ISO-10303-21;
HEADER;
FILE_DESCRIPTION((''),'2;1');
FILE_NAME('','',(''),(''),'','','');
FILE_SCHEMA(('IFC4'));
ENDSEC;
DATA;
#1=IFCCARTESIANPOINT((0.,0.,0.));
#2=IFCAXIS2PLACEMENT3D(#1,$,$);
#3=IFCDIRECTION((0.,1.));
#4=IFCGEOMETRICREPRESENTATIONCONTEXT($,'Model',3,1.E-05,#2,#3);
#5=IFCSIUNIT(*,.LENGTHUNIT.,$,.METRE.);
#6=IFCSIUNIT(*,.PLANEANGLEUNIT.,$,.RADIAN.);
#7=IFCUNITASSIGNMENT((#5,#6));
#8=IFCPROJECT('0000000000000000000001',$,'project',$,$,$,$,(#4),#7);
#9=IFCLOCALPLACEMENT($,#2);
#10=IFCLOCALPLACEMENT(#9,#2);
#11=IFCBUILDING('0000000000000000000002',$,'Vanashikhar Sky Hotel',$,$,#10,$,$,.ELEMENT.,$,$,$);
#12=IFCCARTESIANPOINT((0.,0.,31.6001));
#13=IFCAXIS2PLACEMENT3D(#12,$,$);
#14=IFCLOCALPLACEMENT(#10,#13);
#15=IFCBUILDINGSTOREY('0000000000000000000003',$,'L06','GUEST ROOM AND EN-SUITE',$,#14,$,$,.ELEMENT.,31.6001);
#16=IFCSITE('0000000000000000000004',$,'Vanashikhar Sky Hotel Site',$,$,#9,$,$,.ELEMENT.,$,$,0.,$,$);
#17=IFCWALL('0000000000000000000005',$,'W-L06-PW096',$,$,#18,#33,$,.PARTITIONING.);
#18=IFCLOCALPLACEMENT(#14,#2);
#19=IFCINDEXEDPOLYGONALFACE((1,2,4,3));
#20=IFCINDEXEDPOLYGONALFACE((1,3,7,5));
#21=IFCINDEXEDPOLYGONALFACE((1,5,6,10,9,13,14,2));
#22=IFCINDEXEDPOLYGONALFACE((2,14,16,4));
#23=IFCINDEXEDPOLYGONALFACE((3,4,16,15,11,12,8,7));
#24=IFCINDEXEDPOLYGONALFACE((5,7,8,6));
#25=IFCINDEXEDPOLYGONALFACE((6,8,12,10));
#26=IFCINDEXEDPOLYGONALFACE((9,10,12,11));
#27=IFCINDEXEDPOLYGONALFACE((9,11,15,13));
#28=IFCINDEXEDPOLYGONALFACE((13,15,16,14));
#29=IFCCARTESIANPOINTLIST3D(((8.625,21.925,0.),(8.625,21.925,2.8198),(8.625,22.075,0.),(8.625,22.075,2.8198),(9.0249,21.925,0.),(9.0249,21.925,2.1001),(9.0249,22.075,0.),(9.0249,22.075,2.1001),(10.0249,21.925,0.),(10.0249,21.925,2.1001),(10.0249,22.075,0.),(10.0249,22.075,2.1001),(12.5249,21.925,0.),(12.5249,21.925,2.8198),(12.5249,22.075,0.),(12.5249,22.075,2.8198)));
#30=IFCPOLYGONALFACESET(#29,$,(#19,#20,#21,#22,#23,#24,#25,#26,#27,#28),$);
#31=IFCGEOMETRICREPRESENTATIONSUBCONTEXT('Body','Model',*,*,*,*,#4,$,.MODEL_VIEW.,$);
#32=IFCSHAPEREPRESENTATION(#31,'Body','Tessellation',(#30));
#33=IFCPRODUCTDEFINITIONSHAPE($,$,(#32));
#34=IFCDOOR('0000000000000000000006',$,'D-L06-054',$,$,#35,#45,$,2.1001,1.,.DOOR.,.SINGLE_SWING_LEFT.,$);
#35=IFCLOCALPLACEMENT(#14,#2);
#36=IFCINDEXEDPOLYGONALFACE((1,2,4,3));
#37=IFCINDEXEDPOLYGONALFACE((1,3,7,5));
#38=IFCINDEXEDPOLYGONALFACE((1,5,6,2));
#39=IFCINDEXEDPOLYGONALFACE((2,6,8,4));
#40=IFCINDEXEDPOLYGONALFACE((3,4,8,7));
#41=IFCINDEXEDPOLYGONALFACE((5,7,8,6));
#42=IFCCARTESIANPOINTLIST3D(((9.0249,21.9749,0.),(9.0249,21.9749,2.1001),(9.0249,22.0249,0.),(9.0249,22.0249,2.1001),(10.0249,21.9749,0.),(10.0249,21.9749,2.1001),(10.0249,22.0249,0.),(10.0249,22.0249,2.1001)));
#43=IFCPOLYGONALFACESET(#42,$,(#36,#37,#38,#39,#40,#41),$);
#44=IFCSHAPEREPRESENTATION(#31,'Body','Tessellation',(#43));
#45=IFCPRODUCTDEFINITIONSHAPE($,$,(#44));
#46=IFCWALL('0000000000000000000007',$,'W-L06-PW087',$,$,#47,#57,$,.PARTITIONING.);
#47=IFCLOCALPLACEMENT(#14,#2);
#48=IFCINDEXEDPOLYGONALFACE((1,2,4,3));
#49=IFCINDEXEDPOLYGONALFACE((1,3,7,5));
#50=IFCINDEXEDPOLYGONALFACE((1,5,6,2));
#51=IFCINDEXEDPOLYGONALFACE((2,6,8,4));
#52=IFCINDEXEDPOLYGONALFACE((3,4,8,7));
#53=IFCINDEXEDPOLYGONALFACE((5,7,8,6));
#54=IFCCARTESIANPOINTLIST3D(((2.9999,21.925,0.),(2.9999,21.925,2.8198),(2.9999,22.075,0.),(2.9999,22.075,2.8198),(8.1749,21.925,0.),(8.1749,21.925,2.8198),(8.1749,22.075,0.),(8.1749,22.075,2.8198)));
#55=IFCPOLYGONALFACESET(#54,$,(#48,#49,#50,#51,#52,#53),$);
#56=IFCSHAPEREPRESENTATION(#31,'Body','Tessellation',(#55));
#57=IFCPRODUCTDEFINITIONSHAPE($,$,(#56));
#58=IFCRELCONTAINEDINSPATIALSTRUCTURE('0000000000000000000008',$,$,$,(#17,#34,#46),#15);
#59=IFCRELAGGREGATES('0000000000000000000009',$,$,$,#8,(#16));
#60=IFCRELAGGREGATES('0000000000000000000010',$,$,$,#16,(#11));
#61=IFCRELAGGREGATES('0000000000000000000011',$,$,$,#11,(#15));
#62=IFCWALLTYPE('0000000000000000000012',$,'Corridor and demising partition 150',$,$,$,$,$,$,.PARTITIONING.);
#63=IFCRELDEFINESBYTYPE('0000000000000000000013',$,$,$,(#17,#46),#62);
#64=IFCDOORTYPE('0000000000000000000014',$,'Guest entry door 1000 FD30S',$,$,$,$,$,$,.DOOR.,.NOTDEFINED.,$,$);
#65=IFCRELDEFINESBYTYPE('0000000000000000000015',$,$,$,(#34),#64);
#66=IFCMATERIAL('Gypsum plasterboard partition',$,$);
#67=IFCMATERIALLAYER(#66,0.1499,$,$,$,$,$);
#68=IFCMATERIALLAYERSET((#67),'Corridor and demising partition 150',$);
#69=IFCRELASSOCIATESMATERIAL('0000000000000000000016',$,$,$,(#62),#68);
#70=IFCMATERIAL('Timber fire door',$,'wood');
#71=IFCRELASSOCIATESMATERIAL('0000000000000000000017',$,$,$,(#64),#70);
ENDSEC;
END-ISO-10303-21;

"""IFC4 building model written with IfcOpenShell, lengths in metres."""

from ifc_helpers import new_model, si_unit, direction, frame, frame_2d, origin, place, context, subcontext, project, spatial, rectangle, extrude, source, transform, mapped, material, layer, layer_set, type_object, element, fill, save


model = new_model("IFC4")

# Units and contexts
model_context = context("Model", 3, precision=1e-05, world=origin(), true_north=direction((0.0, 1.0)))
body_context = subcontext(model_context, "Body", "Model", "MODEL_VIEW")
ifc_project = project(units=[si_unit("LENGTHUNIT", "METRE"), si_unit("PLANEANGLEUNIT", "RADIAN")], contexts=[model_context])

# Site, building, storey
site_placement = place(None, origin())
site = spatial("IfcSite", under=ifc_project, at=site_placement, Name="Vanashikhar Sky Hotel Site", CompositionType="ELEMENT", RefElevation=0.0)
building_placement = place(site_placement, origin())
building = spatial("IfcBuilding", under=site, at=building_placement, Name="Vanashikhar Sky Hotel", CompositionType="ELEMENT")
storey_placement = place(building_placement, frame((0.0, 0.0, 31.6001)))
storey = spatial("IfcBuildingStorey", under=building, at=storey_placement, Name="L06", Description="GUEST ROOM AND EN-SUITE", CompositionType="ELEMENT", Elevation=31.6001)

# Shared definitions
ifc_material_1 = material(Name="Gypsum plasterboard partition")
ifc_layer_1 = layer(ifc_material_1, 0.1499)
ifc_layer_set_1 = layer_set([ifc_layer_1], Name="Corridor and demising partition 150")
wall_type_1 = type_object("IfcWallType", Name="Corridor and demising partition 150", PredefinedType="PARTITIONING", material=ifc_layer_set_1)
shared_shape_1 = source(origin(), body_context, "Body", "SweptSolid", [
    extrude(rectangle(XDim=1.0, YDim=2.1001, at=frame_2d((0.5, 1.05))), frame((0.0, 0.085, 0.0), z_axis=(0.0, -1.0, 0.0), x_axis=(1.0, 0.0, 0.0)), (0.0, 0.0, 1.0), 0.1699),
])
ifc_material_2 = material(Name="Timber fire door", Category="wood")
door_type = type_object("IfcDoorType", Name="Guest entry door 1000 FD30S", OperationType="NOTDEFINED", PredefinedType="DOOR", material=ifc_material_2)
shared_shape_2 = source(origin(), body_context, "Body", "SweptSolid", [
    extrude(rectangle(XDim=1.0, YDim=2.1001, at=frame_2d((0.5, 1.05))), frame((0.0, 0.0249, 0.0), z_axis=(0.0, -1.0, 0.0), x_axis=(1.0, 0.0, 0.0)), (0.0, 0.0, 1.0), 0.05),
])

# Wall, opening, door
shared_shape_3 = source(origin(), body_context, "Body", "SweptSolid", [
    extrude(rectangle(XDim=3.8999, YDim=0.1499, at=frame_2d((1.95, 0.0))), origin(), (0.0, 0.0, 1.0), 2.8198),
])
wall_1_placement = place(storey_placement, frame((8.625, 22.0, 0.0), z_axis=(0.0, 0.0, 1.0), x_axis=(1.0, 0.0, 0.0)))
wall_1 = element("IfcWall", 1, at=wall_1_placement, inside=storey, type_object=wall_type_1, Name="W-L06-PW096", PredefinedType="PARTITIONING", context=body_context, shape_type="MappedRepresentation", body=[
    mapped(shared_shape_3, transform((0.0, 0.0, 0.0), scale=1.0)),
])
opening_1_placement = place(wall_1_placement, frame((0.3999, 0.0, 0.0)))
opening_1 = element("IfcOpeningElement", 2, at=opening_1_placement, cuts=wall_1, PredefinedType="OPENING", context=body_context, shape_type="MappedRepresentation", body=[
    mapped(shared_shape_1, transform((0.0, 0.0, 0.0), scale=1.0)),
])
door_1_placement = place(opening_1_placement, origin())
door_1 = element("IfcDoor", 3, at=door_1_placement, inside=storey, type_object=door_type, Name="D-L06-054", OperationType="SINGLE_SWING_LEFT", OverallHeight=2.1001, OverallWidth=1.0, PredefinedType="DOOR", context=body_context, shape_type="MappedRepresentation", body=[
    mapped(shared_shape_2, transform((0.0, 0.0, 0.0), scale=1.0)),
])
fill(opening_1, door_1)

# Wall
shared_shape_4 = source(origin(), body_context, "Body", "SweptSolid", [
    extrude(rectangle(XDim=5.175, YDim=0.1499, at=frame_2d((2.5874, 0.0))), origin(), (0.0, 0.0, 1.0), 2.8198),
])
wall_2_placement = place(storey_placement, frame((3.0, 22.0, 0.0), z_axis=(0.0, 0.0, 1.0), x_axis=(1.0, 0.0, 0.0)))
element("IfcWall", 4, at=wall_2_placement, inside=storey, type_object=wall_type_1, Name="W-L06-PW087", PredefinedType="PARTITIONING", context=body_context, shape_type="MappedRepresentation", body=[
    mapped(shared_shape_4, transform((0.0, 0.0, 0.0), scale=1.0)),
])

save(model, "model.ifc")
